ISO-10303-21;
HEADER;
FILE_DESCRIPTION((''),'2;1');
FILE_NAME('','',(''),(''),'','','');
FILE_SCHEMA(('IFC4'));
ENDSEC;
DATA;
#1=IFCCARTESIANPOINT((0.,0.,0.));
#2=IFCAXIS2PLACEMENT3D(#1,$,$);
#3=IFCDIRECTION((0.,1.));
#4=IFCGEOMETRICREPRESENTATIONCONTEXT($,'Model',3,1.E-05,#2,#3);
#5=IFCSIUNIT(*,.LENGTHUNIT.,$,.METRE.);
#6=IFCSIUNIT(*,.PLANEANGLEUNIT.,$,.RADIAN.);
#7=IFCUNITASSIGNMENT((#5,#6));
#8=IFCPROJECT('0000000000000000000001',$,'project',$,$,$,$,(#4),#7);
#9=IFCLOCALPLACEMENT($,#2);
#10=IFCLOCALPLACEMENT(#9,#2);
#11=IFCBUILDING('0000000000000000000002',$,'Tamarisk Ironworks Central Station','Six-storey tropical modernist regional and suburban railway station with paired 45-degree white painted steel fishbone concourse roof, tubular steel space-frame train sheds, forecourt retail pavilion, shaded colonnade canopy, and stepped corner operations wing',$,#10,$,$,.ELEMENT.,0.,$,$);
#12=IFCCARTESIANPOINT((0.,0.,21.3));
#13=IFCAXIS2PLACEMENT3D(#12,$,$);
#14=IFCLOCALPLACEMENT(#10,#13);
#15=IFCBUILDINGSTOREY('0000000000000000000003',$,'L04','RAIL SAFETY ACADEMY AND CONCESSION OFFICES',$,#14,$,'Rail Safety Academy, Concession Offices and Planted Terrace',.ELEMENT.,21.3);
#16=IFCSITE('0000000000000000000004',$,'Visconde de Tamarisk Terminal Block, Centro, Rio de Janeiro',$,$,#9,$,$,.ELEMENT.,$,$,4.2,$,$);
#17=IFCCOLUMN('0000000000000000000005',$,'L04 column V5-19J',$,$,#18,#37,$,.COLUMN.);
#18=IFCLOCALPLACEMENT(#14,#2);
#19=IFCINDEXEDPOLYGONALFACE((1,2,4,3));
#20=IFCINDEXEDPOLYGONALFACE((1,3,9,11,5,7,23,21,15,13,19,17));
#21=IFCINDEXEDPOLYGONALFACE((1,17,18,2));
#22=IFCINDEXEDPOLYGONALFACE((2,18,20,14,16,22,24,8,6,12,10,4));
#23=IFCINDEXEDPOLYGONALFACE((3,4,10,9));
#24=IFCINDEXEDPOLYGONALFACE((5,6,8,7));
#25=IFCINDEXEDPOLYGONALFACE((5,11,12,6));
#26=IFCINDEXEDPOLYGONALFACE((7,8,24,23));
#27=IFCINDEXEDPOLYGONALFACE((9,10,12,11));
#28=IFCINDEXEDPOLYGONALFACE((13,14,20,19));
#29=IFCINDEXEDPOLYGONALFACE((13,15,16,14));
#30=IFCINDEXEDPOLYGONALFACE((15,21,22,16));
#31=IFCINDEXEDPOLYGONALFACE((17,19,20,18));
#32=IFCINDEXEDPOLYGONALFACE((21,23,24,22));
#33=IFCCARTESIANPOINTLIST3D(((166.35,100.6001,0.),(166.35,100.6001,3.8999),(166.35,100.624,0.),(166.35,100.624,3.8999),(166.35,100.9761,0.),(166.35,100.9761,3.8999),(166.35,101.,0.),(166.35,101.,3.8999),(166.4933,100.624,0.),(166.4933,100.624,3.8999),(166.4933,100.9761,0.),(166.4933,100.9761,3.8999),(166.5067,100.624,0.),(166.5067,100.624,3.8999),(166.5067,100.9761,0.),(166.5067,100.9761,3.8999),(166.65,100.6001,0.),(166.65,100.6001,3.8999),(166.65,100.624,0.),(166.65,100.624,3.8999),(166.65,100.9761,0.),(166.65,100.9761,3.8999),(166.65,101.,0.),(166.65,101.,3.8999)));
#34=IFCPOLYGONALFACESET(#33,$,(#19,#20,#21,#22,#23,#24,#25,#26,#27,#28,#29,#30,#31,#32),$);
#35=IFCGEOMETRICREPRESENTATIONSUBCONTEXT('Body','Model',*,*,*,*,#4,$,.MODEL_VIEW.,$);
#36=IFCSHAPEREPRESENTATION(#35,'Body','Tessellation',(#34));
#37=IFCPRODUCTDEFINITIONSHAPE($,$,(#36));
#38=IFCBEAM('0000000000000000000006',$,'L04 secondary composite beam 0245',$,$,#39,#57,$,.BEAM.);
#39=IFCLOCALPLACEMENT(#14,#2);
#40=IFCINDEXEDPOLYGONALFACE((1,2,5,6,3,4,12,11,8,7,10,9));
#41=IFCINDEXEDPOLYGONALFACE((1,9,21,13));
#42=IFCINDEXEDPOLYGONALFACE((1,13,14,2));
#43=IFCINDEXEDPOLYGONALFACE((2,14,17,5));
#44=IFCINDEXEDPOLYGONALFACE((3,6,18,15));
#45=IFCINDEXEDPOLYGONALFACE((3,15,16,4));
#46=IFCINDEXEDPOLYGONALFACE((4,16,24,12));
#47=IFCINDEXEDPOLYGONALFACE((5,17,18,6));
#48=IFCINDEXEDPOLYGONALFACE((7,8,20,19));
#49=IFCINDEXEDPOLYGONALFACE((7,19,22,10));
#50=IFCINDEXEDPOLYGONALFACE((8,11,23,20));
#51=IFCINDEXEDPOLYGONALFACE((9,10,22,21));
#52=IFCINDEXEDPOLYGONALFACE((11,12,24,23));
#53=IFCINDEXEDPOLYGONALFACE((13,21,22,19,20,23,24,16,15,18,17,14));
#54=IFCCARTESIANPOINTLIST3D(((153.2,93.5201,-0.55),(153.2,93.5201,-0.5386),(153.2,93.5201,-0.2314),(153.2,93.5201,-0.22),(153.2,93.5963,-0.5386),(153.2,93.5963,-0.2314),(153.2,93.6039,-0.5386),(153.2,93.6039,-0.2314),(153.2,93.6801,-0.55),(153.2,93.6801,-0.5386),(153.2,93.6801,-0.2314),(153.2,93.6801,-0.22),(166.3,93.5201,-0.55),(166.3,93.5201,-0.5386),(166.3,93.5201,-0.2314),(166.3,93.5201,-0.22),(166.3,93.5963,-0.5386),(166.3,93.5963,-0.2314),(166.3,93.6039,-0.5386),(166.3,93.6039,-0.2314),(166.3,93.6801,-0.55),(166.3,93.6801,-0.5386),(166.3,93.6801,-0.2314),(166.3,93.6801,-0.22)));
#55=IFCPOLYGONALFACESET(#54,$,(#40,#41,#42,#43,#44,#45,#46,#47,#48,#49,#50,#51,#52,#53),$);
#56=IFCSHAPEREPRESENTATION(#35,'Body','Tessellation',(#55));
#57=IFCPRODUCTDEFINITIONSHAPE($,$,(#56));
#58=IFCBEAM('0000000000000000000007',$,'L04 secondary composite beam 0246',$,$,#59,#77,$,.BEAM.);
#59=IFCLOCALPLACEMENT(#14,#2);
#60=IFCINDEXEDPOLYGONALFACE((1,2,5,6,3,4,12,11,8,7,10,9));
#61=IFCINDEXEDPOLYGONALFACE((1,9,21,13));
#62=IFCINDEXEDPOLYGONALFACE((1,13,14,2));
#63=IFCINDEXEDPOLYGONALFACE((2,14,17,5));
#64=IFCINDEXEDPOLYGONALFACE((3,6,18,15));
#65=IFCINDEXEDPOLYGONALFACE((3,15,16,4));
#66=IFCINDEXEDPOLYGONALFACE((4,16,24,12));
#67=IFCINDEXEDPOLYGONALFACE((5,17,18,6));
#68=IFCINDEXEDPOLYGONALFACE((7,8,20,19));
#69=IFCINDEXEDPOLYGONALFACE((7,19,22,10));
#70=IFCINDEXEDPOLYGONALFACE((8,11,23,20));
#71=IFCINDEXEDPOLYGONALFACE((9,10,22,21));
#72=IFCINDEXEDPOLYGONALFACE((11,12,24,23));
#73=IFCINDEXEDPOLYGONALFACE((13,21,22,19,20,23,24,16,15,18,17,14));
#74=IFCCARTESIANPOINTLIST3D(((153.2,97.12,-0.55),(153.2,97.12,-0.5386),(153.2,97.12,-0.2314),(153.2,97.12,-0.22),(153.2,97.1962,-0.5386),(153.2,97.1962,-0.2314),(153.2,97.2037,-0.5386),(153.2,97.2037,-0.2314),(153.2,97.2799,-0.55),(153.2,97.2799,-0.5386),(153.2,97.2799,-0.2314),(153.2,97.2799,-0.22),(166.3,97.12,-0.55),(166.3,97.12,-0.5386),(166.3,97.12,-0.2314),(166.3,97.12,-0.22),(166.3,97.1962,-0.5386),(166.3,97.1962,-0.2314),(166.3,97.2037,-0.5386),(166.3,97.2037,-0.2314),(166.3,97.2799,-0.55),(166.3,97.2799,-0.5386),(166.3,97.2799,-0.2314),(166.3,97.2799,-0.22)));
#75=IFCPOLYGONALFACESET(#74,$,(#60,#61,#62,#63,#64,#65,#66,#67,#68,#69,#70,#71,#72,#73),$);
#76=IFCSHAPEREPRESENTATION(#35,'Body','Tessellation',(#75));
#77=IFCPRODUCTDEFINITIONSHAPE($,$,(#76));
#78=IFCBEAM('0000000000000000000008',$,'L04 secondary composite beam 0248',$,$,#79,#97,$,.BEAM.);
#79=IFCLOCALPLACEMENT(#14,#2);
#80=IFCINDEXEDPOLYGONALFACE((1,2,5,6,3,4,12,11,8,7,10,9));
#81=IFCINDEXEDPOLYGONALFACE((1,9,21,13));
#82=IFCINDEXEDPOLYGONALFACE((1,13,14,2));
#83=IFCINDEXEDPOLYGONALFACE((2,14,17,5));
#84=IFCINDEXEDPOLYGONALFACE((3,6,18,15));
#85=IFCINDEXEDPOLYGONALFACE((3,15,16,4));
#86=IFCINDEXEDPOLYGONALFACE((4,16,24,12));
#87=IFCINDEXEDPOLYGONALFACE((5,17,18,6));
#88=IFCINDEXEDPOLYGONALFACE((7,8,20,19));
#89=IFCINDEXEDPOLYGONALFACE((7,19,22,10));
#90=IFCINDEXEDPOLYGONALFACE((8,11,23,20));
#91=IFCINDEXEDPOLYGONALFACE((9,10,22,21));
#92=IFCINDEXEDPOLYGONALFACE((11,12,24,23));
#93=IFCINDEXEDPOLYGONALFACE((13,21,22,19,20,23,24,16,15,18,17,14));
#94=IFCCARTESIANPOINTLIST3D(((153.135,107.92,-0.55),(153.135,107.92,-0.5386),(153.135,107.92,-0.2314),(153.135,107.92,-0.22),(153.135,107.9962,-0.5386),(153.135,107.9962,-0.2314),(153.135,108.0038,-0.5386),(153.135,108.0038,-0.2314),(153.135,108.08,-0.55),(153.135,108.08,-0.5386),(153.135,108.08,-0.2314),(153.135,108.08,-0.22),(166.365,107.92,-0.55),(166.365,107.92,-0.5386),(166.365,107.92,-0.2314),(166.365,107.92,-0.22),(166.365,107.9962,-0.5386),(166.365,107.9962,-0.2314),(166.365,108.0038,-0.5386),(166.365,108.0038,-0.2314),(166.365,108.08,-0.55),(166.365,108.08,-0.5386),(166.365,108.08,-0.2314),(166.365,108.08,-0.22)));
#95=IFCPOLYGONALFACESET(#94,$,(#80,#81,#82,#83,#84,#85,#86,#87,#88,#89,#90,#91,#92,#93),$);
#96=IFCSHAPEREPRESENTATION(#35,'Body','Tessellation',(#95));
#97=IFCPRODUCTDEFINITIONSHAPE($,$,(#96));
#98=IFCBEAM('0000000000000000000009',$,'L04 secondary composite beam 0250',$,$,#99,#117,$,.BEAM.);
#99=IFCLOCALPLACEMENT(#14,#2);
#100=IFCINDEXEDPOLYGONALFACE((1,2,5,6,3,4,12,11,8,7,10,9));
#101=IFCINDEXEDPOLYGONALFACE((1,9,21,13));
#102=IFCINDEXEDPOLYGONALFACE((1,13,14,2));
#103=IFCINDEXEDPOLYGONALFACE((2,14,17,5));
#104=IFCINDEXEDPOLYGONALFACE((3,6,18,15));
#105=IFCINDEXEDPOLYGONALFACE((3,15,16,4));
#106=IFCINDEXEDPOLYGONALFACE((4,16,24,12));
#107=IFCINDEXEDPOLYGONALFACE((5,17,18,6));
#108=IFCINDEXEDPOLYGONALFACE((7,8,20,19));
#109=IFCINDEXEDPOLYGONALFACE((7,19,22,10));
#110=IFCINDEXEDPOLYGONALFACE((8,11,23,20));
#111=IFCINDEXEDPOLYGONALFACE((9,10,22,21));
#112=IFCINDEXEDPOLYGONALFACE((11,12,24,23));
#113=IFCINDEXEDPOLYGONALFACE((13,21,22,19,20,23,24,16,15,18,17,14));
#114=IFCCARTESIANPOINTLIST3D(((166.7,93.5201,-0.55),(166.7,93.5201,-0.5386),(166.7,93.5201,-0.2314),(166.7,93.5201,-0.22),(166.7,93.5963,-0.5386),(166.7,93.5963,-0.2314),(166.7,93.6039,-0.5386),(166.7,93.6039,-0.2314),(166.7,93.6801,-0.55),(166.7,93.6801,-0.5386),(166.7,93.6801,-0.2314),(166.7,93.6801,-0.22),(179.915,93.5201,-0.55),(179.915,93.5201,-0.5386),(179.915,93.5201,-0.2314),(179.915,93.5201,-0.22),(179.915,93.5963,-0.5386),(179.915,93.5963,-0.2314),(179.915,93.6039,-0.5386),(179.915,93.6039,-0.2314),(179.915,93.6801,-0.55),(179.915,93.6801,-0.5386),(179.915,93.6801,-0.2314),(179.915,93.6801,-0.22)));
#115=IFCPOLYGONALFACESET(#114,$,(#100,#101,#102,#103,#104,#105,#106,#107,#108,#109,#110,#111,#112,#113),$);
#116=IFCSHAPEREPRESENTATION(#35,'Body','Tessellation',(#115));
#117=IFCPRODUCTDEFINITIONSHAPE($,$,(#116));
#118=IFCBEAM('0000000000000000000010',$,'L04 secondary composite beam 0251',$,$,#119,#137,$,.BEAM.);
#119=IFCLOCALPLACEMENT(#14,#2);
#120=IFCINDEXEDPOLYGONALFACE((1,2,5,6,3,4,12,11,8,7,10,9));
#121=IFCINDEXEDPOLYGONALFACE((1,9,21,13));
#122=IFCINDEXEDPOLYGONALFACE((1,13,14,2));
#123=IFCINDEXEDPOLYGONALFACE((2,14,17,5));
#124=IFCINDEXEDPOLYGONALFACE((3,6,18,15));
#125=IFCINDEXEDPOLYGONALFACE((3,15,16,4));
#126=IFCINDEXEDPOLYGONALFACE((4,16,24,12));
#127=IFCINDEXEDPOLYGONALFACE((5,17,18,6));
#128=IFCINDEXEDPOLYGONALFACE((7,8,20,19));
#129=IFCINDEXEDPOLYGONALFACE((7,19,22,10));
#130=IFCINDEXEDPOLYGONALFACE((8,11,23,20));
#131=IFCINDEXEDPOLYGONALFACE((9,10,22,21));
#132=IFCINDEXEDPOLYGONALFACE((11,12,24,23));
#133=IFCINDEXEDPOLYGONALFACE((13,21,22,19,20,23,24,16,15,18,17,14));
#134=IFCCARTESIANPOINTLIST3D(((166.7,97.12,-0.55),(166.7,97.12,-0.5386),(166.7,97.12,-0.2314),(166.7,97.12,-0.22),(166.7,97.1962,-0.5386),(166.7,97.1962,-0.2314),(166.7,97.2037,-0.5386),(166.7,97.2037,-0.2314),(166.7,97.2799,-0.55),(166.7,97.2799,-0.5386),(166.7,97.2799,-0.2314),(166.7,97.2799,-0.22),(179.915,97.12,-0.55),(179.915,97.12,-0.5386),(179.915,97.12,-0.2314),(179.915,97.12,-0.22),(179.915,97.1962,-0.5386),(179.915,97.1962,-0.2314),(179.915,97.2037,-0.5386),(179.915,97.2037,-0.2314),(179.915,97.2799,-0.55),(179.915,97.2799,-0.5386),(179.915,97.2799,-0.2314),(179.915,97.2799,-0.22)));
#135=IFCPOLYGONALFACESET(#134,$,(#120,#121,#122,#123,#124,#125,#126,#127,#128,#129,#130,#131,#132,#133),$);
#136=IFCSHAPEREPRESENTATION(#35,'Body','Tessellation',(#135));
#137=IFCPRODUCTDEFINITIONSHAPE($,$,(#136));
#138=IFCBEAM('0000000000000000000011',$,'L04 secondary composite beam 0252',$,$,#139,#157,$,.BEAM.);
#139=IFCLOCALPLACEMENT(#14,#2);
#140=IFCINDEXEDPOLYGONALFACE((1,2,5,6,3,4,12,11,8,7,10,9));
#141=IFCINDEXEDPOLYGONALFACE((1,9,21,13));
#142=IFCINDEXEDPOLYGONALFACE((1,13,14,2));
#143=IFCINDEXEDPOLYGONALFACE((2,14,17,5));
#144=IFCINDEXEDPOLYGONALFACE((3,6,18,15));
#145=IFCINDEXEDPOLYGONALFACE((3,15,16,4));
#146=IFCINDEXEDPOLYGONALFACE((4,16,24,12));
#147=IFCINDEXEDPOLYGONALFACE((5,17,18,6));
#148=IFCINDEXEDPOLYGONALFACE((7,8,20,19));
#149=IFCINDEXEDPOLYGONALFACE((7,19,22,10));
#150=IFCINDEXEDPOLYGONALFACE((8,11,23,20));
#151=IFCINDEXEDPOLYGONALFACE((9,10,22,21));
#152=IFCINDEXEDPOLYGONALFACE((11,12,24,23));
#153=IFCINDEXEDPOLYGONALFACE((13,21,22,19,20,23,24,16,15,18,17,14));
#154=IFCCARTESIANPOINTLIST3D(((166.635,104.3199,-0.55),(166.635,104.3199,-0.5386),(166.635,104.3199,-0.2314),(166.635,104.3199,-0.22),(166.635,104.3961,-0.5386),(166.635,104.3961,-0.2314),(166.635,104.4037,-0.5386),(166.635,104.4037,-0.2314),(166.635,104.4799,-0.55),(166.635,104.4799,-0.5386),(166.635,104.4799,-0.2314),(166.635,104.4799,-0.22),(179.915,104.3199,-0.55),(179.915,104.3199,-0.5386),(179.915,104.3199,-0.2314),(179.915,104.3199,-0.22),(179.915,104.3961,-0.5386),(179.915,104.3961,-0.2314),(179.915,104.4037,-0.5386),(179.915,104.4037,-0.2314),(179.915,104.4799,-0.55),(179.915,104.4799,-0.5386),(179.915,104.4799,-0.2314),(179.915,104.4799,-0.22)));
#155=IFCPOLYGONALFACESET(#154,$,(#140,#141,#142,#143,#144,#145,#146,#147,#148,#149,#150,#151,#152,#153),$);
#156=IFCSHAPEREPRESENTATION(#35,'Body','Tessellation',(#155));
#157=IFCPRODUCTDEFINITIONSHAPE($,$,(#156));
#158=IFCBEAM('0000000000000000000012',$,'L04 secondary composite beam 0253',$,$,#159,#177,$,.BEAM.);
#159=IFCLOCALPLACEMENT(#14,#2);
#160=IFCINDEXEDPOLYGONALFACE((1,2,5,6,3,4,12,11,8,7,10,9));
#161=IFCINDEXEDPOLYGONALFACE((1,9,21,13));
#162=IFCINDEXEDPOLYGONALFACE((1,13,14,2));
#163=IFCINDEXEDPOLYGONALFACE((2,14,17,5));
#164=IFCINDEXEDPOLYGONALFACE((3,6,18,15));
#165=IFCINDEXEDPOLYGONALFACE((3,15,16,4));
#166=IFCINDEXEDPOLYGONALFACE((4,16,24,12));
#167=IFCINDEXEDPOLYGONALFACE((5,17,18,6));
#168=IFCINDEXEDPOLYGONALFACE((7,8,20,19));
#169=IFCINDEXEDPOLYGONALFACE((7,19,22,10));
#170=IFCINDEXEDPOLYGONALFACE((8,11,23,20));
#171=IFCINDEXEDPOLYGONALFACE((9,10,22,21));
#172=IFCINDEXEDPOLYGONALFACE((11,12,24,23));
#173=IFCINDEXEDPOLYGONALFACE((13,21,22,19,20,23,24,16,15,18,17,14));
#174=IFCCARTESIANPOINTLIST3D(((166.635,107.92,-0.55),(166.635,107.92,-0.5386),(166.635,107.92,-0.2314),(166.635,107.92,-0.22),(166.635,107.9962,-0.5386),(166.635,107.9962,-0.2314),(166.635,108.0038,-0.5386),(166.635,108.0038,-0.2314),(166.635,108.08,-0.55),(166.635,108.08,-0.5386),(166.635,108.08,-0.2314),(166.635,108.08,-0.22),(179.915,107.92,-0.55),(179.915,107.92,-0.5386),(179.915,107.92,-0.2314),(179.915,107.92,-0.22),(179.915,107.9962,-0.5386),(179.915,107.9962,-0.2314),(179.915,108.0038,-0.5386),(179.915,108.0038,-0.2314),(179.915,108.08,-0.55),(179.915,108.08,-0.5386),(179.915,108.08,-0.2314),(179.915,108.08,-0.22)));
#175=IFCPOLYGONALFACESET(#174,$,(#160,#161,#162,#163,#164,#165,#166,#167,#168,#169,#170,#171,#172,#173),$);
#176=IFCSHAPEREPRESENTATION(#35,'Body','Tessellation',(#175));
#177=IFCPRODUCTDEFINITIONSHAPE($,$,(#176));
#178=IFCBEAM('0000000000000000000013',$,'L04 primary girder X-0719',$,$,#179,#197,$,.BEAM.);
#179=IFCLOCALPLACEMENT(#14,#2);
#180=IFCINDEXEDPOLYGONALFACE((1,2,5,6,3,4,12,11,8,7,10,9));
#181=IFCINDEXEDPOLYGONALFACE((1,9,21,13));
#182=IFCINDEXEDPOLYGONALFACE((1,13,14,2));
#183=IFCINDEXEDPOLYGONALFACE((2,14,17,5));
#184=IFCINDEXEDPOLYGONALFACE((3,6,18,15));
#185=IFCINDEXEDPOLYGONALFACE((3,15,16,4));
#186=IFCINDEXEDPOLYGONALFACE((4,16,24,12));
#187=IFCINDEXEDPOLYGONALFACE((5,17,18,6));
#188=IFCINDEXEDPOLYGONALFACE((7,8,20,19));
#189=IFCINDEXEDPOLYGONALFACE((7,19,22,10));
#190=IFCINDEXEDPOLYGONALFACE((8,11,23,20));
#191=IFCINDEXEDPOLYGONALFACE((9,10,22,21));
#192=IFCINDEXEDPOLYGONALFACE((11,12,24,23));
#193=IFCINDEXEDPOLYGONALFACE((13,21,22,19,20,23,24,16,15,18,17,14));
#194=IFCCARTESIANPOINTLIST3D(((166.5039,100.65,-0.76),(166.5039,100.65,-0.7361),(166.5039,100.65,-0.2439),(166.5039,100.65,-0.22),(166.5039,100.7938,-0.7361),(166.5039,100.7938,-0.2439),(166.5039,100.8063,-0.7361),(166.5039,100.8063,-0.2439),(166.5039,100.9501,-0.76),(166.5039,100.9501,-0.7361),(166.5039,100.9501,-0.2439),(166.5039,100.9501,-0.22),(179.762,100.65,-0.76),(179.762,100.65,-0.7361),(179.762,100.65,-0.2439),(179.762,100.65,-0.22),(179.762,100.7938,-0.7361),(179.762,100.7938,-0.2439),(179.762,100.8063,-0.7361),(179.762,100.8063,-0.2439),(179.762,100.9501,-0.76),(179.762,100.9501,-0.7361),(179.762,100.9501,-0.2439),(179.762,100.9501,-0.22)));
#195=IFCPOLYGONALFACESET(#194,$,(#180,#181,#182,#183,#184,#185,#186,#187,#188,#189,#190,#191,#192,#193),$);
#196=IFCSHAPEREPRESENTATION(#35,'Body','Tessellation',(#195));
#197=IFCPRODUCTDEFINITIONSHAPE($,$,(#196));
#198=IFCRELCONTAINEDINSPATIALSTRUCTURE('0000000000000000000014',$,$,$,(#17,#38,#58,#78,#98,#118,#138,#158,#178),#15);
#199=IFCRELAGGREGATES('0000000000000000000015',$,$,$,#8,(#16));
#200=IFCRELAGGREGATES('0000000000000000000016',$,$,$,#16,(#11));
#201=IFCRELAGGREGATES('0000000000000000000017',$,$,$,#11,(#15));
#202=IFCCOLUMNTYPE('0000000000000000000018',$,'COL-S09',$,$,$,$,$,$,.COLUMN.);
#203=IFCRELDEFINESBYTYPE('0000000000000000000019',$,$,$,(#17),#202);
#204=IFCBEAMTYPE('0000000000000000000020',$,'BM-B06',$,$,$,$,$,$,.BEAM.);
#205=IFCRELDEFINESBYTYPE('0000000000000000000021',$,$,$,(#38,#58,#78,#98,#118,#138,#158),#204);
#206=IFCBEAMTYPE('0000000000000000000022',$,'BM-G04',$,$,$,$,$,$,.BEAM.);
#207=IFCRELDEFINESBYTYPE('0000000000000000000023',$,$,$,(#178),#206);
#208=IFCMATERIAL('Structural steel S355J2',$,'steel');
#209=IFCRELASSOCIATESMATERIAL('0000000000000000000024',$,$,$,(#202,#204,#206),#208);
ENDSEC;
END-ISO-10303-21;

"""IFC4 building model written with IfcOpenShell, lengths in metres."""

from ifc_helpers import new_model, si_unit, direction, frame, origin, origin_2d, place, context, subcontext, project, spatial, i_section, extrude, material, material_profile, profile_set, type_object, element, save


model = new_model("IFC4")

# Units and contexts
model_context = context("Model", 3, precision=1e-05, world=origin(), true_north=direction((0.0, 1.0)))
body_context = subcontext(model_context, "Body", "Model", "MODEL_VIEW")
ifc_project = project(units=[si_unit("LENGTHUNIT", "METRE"), si_unit("PLANEANGLEUNIT", "RADIAN")], contexts=[model_context])

# Site, building, storey
site_placement = place(None, origin())
site = spatial("IfcSite", under=ifc_project, at=site_placement, Name="Visconde de Tamarisk Terminal Block, Centro, Rio de Janeiro", CompositionType="ELEMENT", RefElevation=4.2)
building_placement = place(site_placement, origin())
building = spatial("IfcBuilding", under=site, at=building_placement, Name="Tamarisk Ironworks Central Station", Description="Six-storey tropical modernist regional and suburban railway station with paired 45-degree white painted steel fishbone concourse roof, tubular steel space-frame train sheds, forecourt retail pavilion, shaded colonnade canopy, and stepped corner operations wing", CompositionType="ELEMENT", ElevationOfRefHeight=0.0)
storey_placement = place(building_placement, frame((0.0, 0.0, 21.3)))
storey = spatial("IfcBuildingStorey", under=building, at=storey_placement, Name="L04", Description="RAIL SAFETY ACADEMY AND CONCESSION OFFICES", LongName="Rail Safety Academy, Concession Offices and Planted Terrace", CompositionType="ELEMENT", Elevation=21.3)

# Column
ifc_material_1 = material(Name="Structural steel S355J2", Category="steel")
ifc_material_profile_1 = material_profile(ifc_material_1, i_section(OverallWidth=0.3, OverallDepth=0.3999, WebThickness=0.0134, FlangeThickness=0.0239, at=origin_2d()), Name="HEB 400")
ifc_profile_set_1 = profile_set([ifc_material_profile_1], Name="Structural steel S355J2")
column_type = type_object("IfcColumnType", Name="COL-S09", PredefinedType="COLUMN", material=ifc_profile_set_1)
column_placement = place(storey_placement, frame((166.5, 100.8, 0.0), z_axis=(0.0, 0.0, 1.0), x_axis=(1.0, 0.0, 0.0)))
element("IfcColumn", 1, at=column_placement, inside=storey, type_object=column_type, Name="L04 column V5-19J", PredefinedType="COLUMN", context=body_context, shape_type="SweptSolid", body=[
    extrude(i_section(OverallWidth=0.3, OverallDepth=0.3999, WebThickness=0.0134, FlangeThickness=0.0239, at=origin_2d()), origin(), (0.0, 0.0, 1.0), 3.8999),
])

# Beams
ifc_material_profile_2 = material_profile(ifc_material_1, i_section(OverallWidth=0.1599, OverallDepth=0.3301, WebThickness=0.0076, FlangeThickness=0.0115, at=origin_2d()), Name="IPE 330")
ifc_profile_set_2 = profile_set([ifc_material_profile_2], Name="Structural steel S355J2")
beam_type_1 = type_object("IfcBeamType", Name="BM-B06", PredefinedType="BEAM", material=ifc_profile_set_2)
for number, where, z_axis, x_axis, name in (
    (2, (153.2, 93.6001, -0.385), (1.0, 0.0, 0.0), (0.0, 1.0, 0.0), "L04 secondary composite beam 0245"),
    (3, (153.2, 97.2, -0.385), (1.0, 0.0, 0.0), (0.0, 1.0, 0.0), "L04 secondary composite beam 0246"),
):
    element("IfcBeam", number, at=place(storey_placement, frame(where, z_axis=z_axis, x_axis=x_axis)), inside=storey, type_object=beam_type_1, Name=name, PredefinedType="BEAM", context=body_context, shape_type="SweptSolid", body=[
        extrude(i_section(OverallWidth=0.1599, OverallDepth=0.3301, WebThickness=0.0076, FlangeThickness=0.0115, at=origin_2d()), origin(), (0.0, 0.0, 1.0), 13.1001),
    ])
beam_1_placement = place(storey_placement, frame((153.135, 108.0, -0.385), z_axis=(1.0, 0.0, 0.0), x_axis=(0.0, 1.0, 0.0)))
element("IfcBeam", 4, at=beam_1_placement, inside=storey, type_object=beam_type_1, Name="L04 secondary composite beam 0248", PredefinedType="BEAM", context=body_context, shape_type="SweptSolid", body=[
    extrude(i_section(OverallWidth=0.1599, OverallDepth=0.3301, WebThickness=0.0076, FlangeThickness=0.0115, at=origin_2d()), origin(), (0.0, 0.0, 1.0), 13.23),
])
for number, where, z_axis, x_axis, name in (
    (5, (166.7, 93.6001, -0.385), (1.0, 0.0, 0.0), (0.0, 1.0, 0.0), "L04 secondary composite beam 0250"),
    (6, (166.7, 97.2, -0.385), (1.0, 0.0, 0.0), (0.0, 1.0, 0.0), "L04 secondary composite beam 0251"),
):
    element("IfcBeam", number, at=place(storey_placement, frame(where, z_axis=z_axis, x_axis=x_axis)), inside=storey, type_object=beam_type_1, Name=name, PredefinedType="BEAM", context=body_context, shape_type="SweptSolid", body=[
        extrude(i_section(OverallWidth=0.1599, OverallDepth=0.3301, WebThickness=0.0076, FlangeThickness=0.0115, at=origin_2d()), origin(), (0.0, 0.0, 1.0), 13.2151),
    ])
for number, where, z_axis, x_axis, name in (
    (7, (166.635, 104.3999, -0.385), (1.0, 0.0, 0.0), (0.0, 1.0, 0.0), "L04 secondary composite beam 0252"),
    (8, (166.635, 108.0, -0.385), (1.0, 0.0, 0.0), (0.0, 1.0, 0.0), "L04 secondary composite beam 0253"),
):
    element("IfcBeam", number, at=place(storey_placement, frame(where, z_axis=z_axis, x_axis=x_axis)), inside=storey, type_object=beam_type_1, Name=name, PredefinedType="BEAM", context=body_context, shape_type="SweptSolid", body=[
        extrude(i_section(OverallWidth=0.1599, OverallDepth=0.3301, WebThickness=0.0076, FlangeThickness=0.0115, at=origin_2d()), origin(), (0.0, 0.0, 1.0), 13.28),
    ])
ifc_material_profile_3 = material_profile(ifc_material_1, i_section(OverallWidth=0.3, OverallDepth=0.54, WebThickness=0.0125, FlangeThickness=0.0239, at=origin_2d()), Name="HEA 550")
ifc_profile_set_3 = profile_set([ifc_material_profile_3], Name="Structural steel S355J2")
beam_type_2 = type_object("IfcBeamType", Name="BM-G04", PredefinedType="BEAM", material=ifc_profile_set_3)
beam_2_placement = place(storey_placement, frame((166.5039, 100.8, -0.49), z_axis=(1.0, 0.0, 0.0), x_axis=(0.0, 1.0, 0.0)))
element("IfcBeam", 9, at=beam_2_placement, inside=storey, type_object=beam_type_2, Name="L04 primary girder X-0719", PredefinedType="BEAM", context=body_context, shape_type="SweptSolid", body=[
    extrude(i_section(OverallWidth=0.3, OverallDepth=0.54, WebThickness=0.0125, FlangeThickness=0.0239, at=origin_2d()), origin(), (0.0, 0.0, 1.0), 13.2581),
])

save(model, "model.ifc")
